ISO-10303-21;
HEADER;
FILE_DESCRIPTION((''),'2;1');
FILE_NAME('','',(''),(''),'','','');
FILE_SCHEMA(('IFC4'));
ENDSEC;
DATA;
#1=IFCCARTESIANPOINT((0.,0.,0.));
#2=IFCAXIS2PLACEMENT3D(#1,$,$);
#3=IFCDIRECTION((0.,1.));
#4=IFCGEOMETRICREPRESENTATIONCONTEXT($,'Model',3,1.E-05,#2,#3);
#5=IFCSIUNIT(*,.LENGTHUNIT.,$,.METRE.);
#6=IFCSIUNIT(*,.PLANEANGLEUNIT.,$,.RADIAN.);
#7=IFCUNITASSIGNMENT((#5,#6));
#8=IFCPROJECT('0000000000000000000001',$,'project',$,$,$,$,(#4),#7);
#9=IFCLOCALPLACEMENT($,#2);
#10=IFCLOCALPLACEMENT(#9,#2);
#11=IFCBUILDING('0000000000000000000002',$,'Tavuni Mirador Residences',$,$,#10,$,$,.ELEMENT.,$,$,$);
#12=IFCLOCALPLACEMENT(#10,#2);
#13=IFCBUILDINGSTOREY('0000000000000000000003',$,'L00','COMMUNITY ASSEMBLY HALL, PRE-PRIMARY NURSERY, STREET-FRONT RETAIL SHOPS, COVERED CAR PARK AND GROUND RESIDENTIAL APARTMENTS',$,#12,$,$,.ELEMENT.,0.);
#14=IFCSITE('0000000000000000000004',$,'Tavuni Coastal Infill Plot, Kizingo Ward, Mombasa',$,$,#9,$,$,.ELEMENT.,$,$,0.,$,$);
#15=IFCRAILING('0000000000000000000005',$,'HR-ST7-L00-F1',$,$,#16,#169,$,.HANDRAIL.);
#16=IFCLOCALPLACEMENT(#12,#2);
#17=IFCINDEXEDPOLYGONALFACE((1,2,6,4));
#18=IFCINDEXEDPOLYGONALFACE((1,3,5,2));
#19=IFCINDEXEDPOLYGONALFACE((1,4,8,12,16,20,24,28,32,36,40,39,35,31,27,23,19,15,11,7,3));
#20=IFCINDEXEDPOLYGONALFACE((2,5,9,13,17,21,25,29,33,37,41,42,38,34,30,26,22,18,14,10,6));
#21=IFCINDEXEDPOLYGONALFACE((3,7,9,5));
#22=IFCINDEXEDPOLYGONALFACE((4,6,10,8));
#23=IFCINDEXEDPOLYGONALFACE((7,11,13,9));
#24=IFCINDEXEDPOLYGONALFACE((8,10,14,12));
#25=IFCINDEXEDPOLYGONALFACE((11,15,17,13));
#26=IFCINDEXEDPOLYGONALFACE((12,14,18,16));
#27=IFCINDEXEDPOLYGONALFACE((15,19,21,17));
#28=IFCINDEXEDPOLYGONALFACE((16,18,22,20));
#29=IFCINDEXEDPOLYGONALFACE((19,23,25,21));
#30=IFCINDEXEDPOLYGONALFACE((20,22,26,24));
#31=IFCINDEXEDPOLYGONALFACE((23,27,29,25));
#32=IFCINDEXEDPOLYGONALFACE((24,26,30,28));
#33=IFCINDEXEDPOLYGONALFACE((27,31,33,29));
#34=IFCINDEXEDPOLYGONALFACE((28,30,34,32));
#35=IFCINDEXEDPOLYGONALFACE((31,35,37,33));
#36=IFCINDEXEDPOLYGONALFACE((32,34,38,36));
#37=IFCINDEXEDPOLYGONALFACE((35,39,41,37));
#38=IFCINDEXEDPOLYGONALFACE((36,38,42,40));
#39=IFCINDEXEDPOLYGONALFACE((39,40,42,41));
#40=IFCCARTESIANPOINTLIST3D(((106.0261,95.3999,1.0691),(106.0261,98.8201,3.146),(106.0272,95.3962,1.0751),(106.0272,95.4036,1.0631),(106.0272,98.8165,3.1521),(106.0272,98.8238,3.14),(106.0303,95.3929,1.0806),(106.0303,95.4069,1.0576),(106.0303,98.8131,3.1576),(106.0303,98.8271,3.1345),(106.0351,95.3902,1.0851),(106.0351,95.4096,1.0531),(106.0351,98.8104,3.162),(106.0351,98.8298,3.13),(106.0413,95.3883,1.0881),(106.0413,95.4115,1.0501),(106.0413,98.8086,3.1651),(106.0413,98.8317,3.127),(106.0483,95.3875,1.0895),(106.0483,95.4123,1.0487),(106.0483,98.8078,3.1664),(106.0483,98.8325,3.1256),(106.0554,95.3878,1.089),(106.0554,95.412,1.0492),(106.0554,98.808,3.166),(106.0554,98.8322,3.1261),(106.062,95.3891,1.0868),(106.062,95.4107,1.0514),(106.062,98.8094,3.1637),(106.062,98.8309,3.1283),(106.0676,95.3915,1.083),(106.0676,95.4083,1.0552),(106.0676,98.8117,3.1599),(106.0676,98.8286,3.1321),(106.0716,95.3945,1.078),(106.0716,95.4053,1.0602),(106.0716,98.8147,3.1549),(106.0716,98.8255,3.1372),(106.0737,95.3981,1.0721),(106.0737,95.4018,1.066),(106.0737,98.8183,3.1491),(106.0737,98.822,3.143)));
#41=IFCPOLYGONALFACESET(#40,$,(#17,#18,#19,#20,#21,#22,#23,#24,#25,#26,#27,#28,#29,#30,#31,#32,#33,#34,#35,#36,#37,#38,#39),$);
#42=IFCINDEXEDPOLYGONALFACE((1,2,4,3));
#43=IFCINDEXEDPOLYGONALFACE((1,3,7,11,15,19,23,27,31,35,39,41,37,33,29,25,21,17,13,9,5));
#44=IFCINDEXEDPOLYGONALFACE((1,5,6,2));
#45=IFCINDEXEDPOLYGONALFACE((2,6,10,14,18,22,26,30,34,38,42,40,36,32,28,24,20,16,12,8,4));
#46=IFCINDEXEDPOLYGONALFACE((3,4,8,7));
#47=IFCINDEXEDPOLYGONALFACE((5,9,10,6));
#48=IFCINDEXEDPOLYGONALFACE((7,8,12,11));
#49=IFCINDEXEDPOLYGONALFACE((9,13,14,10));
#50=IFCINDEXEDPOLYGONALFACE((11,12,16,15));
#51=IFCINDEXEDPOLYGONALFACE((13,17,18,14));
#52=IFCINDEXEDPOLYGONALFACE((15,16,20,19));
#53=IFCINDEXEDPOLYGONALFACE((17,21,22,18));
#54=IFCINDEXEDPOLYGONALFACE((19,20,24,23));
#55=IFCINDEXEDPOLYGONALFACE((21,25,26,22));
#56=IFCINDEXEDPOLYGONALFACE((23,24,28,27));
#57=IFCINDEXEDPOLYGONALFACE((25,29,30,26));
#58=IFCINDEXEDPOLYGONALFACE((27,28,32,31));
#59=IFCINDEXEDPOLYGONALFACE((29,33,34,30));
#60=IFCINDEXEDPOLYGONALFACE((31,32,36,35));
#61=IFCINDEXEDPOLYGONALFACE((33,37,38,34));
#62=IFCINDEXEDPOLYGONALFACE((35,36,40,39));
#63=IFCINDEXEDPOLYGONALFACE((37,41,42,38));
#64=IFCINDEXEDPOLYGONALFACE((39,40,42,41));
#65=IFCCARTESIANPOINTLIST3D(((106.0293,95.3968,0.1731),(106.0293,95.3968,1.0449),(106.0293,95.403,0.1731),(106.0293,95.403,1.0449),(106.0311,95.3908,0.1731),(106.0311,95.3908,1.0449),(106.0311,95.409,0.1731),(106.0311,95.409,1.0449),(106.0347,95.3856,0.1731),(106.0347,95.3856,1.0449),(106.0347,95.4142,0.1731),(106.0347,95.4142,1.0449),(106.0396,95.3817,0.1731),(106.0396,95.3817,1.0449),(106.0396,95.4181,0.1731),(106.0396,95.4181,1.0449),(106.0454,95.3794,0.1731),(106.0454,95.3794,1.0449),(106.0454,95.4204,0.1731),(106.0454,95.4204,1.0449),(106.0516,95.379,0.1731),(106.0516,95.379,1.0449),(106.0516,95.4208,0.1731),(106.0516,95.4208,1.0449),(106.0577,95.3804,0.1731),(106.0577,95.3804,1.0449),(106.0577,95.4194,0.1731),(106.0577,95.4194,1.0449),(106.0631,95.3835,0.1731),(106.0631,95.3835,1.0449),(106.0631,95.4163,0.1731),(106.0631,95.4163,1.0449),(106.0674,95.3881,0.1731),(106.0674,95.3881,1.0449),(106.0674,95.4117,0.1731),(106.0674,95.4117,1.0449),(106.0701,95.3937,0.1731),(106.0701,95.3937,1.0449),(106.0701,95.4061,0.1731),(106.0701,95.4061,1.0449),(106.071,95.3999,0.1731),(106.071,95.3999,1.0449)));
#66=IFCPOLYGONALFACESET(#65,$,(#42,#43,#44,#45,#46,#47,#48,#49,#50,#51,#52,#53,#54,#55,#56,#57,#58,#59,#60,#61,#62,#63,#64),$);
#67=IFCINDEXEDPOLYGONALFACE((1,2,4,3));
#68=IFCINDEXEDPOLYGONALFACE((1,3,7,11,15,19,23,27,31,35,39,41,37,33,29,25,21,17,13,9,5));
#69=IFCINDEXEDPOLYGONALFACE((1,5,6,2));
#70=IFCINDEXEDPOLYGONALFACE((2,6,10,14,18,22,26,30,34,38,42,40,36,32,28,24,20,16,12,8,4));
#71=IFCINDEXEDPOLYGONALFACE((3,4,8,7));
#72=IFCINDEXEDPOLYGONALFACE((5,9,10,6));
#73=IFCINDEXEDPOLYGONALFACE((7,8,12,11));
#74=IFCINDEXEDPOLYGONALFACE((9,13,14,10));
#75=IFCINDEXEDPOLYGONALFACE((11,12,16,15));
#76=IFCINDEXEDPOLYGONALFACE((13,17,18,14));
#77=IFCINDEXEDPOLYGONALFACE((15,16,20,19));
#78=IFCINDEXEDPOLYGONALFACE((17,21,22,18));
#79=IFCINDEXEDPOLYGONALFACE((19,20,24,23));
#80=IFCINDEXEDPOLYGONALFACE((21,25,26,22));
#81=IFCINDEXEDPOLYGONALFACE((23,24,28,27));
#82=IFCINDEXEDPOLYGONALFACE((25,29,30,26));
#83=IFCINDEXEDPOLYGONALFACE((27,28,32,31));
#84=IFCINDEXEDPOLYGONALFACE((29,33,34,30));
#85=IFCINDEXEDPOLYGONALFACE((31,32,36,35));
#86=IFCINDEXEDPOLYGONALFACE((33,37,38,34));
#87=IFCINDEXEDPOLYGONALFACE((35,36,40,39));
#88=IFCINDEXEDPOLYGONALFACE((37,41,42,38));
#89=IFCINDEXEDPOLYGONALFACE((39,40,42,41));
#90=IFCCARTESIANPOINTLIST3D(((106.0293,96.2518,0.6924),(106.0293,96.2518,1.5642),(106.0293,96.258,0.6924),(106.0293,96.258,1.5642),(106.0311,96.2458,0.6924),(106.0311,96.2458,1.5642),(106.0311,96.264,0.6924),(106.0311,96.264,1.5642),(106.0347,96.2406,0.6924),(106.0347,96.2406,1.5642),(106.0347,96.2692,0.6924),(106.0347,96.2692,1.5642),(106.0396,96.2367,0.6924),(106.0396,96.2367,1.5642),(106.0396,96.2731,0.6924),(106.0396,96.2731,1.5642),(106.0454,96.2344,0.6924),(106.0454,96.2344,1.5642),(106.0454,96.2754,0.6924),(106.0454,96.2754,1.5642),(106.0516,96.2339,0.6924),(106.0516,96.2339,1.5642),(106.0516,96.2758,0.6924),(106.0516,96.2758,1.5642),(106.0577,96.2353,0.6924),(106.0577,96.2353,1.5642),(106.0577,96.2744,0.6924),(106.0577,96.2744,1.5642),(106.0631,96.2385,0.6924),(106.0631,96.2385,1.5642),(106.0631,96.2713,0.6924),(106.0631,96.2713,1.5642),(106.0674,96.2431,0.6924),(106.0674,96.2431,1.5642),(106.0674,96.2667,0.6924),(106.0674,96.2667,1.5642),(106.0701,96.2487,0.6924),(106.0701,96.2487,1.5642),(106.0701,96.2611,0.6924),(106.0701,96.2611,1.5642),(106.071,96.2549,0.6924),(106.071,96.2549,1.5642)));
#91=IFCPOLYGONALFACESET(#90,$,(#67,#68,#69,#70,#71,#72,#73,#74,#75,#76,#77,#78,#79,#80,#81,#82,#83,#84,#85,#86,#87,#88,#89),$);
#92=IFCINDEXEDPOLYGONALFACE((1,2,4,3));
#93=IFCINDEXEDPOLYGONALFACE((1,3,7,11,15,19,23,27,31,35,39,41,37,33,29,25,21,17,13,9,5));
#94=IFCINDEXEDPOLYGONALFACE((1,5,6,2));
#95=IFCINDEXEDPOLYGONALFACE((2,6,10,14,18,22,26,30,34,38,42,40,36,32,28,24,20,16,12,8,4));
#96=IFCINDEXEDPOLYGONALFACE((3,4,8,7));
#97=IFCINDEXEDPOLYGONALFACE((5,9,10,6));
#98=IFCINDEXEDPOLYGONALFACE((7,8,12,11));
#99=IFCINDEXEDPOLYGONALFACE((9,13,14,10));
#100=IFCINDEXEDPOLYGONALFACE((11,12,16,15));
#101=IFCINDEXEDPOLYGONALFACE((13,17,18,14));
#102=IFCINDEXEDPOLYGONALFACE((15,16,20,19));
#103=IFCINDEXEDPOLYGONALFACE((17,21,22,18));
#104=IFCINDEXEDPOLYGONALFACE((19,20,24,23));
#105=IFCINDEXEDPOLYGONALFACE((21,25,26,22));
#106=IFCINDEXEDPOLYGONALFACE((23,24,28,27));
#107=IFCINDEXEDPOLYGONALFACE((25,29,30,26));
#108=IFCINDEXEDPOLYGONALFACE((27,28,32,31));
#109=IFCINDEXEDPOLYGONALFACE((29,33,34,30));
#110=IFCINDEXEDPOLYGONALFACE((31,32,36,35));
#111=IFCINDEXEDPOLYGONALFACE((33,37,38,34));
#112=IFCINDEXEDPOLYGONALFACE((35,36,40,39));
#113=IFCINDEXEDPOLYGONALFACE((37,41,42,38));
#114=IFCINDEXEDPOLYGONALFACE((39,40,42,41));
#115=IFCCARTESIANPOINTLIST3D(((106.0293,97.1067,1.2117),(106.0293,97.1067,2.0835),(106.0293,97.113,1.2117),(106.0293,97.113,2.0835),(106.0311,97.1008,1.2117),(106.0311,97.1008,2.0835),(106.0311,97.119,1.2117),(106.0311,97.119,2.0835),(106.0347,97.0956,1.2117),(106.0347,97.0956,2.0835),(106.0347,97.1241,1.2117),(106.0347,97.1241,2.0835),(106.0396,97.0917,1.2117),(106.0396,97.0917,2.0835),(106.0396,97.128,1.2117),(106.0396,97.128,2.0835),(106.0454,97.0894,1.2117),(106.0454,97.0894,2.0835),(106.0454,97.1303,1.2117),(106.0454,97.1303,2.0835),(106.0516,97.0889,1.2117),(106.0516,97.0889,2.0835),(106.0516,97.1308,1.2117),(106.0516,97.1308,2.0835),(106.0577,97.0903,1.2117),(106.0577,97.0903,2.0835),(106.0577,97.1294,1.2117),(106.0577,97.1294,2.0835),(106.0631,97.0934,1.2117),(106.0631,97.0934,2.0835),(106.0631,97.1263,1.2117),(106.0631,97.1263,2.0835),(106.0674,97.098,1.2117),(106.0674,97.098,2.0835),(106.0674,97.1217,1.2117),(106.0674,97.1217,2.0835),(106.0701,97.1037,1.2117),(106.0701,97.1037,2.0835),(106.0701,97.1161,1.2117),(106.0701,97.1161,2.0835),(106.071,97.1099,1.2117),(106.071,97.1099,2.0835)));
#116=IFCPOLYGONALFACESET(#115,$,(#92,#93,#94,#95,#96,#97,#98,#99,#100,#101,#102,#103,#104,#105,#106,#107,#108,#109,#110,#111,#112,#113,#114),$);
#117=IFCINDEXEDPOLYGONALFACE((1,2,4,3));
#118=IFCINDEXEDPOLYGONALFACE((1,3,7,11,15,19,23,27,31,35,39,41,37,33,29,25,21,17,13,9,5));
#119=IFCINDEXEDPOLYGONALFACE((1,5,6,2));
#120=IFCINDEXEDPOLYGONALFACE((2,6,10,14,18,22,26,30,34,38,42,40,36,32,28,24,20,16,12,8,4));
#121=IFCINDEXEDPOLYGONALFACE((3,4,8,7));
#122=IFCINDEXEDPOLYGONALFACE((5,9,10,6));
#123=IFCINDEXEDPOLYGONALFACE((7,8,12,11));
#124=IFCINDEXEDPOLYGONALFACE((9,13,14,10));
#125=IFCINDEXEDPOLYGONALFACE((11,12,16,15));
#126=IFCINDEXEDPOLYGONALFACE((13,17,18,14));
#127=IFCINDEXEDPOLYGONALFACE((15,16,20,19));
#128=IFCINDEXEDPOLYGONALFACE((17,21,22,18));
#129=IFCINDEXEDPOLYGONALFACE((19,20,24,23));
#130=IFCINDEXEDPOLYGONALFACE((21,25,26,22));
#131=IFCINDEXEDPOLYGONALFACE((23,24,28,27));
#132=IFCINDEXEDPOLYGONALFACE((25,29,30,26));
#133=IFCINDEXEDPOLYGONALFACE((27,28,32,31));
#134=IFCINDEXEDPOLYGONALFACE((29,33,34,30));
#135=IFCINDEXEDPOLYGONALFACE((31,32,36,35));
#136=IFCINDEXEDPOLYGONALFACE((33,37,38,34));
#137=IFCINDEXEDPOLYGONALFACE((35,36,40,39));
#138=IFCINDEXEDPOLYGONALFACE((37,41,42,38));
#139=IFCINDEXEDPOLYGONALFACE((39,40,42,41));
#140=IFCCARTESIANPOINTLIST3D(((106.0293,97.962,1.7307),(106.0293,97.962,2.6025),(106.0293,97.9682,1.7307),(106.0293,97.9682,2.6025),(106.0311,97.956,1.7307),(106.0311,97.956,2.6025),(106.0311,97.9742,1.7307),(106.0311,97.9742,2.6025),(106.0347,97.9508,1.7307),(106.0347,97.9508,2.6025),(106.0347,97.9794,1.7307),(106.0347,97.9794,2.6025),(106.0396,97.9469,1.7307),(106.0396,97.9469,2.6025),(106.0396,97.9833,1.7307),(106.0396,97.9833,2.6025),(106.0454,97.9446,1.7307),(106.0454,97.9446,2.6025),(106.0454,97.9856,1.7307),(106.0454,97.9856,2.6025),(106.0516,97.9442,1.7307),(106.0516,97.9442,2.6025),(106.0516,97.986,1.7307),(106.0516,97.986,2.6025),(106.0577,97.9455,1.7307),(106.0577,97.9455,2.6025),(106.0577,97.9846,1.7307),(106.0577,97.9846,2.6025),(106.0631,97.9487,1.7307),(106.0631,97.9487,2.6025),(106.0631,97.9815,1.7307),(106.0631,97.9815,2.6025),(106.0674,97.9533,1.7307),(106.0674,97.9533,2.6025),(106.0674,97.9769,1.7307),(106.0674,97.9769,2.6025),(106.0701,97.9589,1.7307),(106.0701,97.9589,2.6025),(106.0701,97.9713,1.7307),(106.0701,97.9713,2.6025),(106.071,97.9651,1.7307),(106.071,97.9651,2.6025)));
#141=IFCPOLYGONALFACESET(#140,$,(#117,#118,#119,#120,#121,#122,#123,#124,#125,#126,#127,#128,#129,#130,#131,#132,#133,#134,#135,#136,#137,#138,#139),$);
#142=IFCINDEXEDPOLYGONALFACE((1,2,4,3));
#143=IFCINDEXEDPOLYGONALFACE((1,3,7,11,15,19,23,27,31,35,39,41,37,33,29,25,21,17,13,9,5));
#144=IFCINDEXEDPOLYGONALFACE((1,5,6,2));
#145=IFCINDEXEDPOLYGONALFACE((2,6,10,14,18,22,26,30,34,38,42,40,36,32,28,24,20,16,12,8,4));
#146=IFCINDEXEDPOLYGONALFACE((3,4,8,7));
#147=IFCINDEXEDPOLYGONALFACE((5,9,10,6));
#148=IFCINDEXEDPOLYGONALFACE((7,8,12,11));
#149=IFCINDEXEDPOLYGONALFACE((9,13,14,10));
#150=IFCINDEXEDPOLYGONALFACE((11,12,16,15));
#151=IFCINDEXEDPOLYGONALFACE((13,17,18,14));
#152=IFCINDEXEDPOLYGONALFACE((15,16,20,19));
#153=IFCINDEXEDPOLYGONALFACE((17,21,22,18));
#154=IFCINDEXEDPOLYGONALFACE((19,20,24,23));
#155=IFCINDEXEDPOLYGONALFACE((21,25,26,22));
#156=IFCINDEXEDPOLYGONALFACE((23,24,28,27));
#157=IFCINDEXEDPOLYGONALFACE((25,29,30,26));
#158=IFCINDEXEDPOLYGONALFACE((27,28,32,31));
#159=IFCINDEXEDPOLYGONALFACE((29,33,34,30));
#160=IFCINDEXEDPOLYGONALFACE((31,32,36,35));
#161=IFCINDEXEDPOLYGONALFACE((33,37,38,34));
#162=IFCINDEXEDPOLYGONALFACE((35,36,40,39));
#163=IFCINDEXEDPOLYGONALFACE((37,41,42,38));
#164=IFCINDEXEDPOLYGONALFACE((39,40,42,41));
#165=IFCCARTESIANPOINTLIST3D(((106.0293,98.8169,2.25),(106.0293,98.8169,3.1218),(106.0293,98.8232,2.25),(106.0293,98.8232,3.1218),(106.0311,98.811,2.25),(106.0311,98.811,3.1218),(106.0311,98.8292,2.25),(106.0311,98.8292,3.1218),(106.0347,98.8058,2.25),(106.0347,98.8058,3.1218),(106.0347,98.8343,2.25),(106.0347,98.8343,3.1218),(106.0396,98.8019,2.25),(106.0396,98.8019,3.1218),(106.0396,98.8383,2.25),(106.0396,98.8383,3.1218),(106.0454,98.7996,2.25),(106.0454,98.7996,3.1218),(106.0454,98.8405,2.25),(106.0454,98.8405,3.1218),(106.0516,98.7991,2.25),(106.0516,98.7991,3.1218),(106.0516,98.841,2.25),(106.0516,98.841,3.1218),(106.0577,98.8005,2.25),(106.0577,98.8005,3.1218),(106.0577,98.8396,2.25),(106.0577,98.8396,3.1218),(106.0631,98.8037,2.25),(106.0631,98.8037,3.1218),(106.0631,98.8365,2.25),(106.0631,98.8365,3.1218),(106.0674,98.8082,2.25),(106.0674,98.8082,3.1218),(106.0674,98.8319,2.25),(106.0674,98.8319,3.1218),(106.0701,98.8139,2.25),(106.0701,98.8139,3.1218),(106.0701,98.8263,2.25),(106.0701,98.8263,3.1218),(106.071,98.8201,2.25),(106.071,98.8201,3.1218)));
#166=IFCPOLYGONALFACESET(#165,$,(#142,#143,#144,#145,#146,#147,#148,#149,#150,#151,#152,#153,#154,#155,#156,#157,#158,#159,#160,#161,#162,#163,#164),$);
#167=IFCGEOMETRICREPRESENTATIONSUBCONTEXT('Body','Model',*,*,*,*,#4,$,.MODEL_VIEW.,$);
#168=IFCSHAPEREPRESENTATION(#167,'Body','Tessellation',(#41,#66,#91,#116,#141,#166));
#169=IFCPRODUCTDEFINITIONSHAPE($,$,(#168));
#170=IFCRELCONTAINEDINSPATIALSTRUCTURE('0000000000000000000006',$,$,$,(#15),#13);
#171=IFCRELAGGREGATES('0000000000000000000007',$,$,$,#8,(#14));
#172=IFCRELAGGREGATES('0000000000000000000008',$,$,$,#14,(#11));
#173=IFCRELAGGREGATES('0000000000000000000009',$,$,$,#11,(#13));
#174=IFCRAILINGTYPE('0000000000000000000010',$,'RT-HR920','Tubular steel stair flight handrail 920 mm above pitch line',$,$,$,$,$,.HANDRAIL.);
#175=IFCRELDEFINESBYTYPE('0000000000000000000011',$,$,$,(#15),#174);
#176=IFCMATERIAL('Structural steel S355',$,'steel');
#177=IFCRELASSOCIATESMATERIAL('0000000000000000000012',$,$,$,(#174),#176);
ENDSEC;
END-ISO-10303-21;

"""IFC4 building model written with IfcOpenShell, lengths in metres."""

from ifc_helpers import new_model, si_unit, direction, frame, origin, origin_2d, place, context, subcontext, project, spatial, circle, extrude, material, type_object, element, save


model = new_model("IFC4")

# Units and contexts
model_context = context("Model", 3, precision=1e-05, world=origin(), true_north=direction((0.0, 1.0)))
body_context = subcontext(model_context, "Body", "Model", "MODEL_VIEW")
ifc_project = project(units=[si_unit("LENGTHUNIT", "METRE"), si_unit("PLANEANGLEUNIT", "RADIAN")], contexts=[model_context])

# Site, building, storey
site_placement = place(None, origin())
site = spatial("IfcSite", under=ifc_project, at=site_placement, Name="Tavuni Coastal Infill Plot, Kizingo Ward, Mombasa", CompositionType="ELEMENT", RefElevation=0.0)
building_placement = place(site_placement, origin())
building = spatial("IfcBuilding", under=site, at=building_placement, Name="Tavuni Mirador Residences", CompositionType="ELEMENT")
storey_placement = place(building_placement, origin())
storey = spatial("IfcBuildingStorey", under=building, at=storey_placement, Name="L00", Description="COMMUNITY ASSEMBLY HALL, PRE-PRIMARY NURSERY, STREET-FRONT RETAIL SHOPS, COVERED CAR PARK AND GROUND RESIDENTIAL APARTMENTS", CompositionType="ELEMENT", Elevation=0.0)

# Shared definitions
ifc_material_1 = material(Name="Structural steel S355", Category="steel")

# Railing
railing_type_1 = type_object("IfcRailingType", Name="RT-HR920", Description="Tubular steel stair flight handrail 920 mm above pitch line", PredefinedType="HANDRAIL", material=ifc_material_1)
railing_1_placement = place(storey_placement, frame((106.05, 95.3999, 0.1731)))
element("IfcRailing", 1, at=railing_1_placement, inside=storey, type_object=railing_type_1, Name="HR-ST7-L00-F1", PredefinedType="HANDRAIL", context=body_context, shape_type="SweptSolid", body=[
    extrude(circle(Radius=0.0239, at=origin_2d()), frame((0.0, 0.0, 0.896), z_axis=(0.0, 0.854746, 0.519047), x_axis=(-1.0, 0.0, 0.0)), (0.0, 0.0, 1.0), 4.0015),
    extrude(circle(Radius=0.021, at=origin_2d()), origin(), (0.0, 0.0, 1.0), 0.8718),
    extrude(circle(Radius=0.021, at=origin_2d()), frame((0.0, 0.855, 0.5193)), (0.0, 0.0, 1.0), 0.8718),
    extrude(circle(Radius=0.021, at=origin_2d()), frame((0.0, 1.71, 1.0386)), (0.0, 0.0, 1.0), 0.8718),
    extrude(circle(Radius=0.021, at=origin_2d()), frame((0.0, 2.5652, 1.5576)), (0.0, 0.0, 1.0), 0.8718),
    extrude(circle(Radius=0.021, at=origin_2d()), frame((0.0, 3.4202, 2.0769)), (0.0, 0.0, 1.0), 0.8718),
])

save(model, "model.ifc")
